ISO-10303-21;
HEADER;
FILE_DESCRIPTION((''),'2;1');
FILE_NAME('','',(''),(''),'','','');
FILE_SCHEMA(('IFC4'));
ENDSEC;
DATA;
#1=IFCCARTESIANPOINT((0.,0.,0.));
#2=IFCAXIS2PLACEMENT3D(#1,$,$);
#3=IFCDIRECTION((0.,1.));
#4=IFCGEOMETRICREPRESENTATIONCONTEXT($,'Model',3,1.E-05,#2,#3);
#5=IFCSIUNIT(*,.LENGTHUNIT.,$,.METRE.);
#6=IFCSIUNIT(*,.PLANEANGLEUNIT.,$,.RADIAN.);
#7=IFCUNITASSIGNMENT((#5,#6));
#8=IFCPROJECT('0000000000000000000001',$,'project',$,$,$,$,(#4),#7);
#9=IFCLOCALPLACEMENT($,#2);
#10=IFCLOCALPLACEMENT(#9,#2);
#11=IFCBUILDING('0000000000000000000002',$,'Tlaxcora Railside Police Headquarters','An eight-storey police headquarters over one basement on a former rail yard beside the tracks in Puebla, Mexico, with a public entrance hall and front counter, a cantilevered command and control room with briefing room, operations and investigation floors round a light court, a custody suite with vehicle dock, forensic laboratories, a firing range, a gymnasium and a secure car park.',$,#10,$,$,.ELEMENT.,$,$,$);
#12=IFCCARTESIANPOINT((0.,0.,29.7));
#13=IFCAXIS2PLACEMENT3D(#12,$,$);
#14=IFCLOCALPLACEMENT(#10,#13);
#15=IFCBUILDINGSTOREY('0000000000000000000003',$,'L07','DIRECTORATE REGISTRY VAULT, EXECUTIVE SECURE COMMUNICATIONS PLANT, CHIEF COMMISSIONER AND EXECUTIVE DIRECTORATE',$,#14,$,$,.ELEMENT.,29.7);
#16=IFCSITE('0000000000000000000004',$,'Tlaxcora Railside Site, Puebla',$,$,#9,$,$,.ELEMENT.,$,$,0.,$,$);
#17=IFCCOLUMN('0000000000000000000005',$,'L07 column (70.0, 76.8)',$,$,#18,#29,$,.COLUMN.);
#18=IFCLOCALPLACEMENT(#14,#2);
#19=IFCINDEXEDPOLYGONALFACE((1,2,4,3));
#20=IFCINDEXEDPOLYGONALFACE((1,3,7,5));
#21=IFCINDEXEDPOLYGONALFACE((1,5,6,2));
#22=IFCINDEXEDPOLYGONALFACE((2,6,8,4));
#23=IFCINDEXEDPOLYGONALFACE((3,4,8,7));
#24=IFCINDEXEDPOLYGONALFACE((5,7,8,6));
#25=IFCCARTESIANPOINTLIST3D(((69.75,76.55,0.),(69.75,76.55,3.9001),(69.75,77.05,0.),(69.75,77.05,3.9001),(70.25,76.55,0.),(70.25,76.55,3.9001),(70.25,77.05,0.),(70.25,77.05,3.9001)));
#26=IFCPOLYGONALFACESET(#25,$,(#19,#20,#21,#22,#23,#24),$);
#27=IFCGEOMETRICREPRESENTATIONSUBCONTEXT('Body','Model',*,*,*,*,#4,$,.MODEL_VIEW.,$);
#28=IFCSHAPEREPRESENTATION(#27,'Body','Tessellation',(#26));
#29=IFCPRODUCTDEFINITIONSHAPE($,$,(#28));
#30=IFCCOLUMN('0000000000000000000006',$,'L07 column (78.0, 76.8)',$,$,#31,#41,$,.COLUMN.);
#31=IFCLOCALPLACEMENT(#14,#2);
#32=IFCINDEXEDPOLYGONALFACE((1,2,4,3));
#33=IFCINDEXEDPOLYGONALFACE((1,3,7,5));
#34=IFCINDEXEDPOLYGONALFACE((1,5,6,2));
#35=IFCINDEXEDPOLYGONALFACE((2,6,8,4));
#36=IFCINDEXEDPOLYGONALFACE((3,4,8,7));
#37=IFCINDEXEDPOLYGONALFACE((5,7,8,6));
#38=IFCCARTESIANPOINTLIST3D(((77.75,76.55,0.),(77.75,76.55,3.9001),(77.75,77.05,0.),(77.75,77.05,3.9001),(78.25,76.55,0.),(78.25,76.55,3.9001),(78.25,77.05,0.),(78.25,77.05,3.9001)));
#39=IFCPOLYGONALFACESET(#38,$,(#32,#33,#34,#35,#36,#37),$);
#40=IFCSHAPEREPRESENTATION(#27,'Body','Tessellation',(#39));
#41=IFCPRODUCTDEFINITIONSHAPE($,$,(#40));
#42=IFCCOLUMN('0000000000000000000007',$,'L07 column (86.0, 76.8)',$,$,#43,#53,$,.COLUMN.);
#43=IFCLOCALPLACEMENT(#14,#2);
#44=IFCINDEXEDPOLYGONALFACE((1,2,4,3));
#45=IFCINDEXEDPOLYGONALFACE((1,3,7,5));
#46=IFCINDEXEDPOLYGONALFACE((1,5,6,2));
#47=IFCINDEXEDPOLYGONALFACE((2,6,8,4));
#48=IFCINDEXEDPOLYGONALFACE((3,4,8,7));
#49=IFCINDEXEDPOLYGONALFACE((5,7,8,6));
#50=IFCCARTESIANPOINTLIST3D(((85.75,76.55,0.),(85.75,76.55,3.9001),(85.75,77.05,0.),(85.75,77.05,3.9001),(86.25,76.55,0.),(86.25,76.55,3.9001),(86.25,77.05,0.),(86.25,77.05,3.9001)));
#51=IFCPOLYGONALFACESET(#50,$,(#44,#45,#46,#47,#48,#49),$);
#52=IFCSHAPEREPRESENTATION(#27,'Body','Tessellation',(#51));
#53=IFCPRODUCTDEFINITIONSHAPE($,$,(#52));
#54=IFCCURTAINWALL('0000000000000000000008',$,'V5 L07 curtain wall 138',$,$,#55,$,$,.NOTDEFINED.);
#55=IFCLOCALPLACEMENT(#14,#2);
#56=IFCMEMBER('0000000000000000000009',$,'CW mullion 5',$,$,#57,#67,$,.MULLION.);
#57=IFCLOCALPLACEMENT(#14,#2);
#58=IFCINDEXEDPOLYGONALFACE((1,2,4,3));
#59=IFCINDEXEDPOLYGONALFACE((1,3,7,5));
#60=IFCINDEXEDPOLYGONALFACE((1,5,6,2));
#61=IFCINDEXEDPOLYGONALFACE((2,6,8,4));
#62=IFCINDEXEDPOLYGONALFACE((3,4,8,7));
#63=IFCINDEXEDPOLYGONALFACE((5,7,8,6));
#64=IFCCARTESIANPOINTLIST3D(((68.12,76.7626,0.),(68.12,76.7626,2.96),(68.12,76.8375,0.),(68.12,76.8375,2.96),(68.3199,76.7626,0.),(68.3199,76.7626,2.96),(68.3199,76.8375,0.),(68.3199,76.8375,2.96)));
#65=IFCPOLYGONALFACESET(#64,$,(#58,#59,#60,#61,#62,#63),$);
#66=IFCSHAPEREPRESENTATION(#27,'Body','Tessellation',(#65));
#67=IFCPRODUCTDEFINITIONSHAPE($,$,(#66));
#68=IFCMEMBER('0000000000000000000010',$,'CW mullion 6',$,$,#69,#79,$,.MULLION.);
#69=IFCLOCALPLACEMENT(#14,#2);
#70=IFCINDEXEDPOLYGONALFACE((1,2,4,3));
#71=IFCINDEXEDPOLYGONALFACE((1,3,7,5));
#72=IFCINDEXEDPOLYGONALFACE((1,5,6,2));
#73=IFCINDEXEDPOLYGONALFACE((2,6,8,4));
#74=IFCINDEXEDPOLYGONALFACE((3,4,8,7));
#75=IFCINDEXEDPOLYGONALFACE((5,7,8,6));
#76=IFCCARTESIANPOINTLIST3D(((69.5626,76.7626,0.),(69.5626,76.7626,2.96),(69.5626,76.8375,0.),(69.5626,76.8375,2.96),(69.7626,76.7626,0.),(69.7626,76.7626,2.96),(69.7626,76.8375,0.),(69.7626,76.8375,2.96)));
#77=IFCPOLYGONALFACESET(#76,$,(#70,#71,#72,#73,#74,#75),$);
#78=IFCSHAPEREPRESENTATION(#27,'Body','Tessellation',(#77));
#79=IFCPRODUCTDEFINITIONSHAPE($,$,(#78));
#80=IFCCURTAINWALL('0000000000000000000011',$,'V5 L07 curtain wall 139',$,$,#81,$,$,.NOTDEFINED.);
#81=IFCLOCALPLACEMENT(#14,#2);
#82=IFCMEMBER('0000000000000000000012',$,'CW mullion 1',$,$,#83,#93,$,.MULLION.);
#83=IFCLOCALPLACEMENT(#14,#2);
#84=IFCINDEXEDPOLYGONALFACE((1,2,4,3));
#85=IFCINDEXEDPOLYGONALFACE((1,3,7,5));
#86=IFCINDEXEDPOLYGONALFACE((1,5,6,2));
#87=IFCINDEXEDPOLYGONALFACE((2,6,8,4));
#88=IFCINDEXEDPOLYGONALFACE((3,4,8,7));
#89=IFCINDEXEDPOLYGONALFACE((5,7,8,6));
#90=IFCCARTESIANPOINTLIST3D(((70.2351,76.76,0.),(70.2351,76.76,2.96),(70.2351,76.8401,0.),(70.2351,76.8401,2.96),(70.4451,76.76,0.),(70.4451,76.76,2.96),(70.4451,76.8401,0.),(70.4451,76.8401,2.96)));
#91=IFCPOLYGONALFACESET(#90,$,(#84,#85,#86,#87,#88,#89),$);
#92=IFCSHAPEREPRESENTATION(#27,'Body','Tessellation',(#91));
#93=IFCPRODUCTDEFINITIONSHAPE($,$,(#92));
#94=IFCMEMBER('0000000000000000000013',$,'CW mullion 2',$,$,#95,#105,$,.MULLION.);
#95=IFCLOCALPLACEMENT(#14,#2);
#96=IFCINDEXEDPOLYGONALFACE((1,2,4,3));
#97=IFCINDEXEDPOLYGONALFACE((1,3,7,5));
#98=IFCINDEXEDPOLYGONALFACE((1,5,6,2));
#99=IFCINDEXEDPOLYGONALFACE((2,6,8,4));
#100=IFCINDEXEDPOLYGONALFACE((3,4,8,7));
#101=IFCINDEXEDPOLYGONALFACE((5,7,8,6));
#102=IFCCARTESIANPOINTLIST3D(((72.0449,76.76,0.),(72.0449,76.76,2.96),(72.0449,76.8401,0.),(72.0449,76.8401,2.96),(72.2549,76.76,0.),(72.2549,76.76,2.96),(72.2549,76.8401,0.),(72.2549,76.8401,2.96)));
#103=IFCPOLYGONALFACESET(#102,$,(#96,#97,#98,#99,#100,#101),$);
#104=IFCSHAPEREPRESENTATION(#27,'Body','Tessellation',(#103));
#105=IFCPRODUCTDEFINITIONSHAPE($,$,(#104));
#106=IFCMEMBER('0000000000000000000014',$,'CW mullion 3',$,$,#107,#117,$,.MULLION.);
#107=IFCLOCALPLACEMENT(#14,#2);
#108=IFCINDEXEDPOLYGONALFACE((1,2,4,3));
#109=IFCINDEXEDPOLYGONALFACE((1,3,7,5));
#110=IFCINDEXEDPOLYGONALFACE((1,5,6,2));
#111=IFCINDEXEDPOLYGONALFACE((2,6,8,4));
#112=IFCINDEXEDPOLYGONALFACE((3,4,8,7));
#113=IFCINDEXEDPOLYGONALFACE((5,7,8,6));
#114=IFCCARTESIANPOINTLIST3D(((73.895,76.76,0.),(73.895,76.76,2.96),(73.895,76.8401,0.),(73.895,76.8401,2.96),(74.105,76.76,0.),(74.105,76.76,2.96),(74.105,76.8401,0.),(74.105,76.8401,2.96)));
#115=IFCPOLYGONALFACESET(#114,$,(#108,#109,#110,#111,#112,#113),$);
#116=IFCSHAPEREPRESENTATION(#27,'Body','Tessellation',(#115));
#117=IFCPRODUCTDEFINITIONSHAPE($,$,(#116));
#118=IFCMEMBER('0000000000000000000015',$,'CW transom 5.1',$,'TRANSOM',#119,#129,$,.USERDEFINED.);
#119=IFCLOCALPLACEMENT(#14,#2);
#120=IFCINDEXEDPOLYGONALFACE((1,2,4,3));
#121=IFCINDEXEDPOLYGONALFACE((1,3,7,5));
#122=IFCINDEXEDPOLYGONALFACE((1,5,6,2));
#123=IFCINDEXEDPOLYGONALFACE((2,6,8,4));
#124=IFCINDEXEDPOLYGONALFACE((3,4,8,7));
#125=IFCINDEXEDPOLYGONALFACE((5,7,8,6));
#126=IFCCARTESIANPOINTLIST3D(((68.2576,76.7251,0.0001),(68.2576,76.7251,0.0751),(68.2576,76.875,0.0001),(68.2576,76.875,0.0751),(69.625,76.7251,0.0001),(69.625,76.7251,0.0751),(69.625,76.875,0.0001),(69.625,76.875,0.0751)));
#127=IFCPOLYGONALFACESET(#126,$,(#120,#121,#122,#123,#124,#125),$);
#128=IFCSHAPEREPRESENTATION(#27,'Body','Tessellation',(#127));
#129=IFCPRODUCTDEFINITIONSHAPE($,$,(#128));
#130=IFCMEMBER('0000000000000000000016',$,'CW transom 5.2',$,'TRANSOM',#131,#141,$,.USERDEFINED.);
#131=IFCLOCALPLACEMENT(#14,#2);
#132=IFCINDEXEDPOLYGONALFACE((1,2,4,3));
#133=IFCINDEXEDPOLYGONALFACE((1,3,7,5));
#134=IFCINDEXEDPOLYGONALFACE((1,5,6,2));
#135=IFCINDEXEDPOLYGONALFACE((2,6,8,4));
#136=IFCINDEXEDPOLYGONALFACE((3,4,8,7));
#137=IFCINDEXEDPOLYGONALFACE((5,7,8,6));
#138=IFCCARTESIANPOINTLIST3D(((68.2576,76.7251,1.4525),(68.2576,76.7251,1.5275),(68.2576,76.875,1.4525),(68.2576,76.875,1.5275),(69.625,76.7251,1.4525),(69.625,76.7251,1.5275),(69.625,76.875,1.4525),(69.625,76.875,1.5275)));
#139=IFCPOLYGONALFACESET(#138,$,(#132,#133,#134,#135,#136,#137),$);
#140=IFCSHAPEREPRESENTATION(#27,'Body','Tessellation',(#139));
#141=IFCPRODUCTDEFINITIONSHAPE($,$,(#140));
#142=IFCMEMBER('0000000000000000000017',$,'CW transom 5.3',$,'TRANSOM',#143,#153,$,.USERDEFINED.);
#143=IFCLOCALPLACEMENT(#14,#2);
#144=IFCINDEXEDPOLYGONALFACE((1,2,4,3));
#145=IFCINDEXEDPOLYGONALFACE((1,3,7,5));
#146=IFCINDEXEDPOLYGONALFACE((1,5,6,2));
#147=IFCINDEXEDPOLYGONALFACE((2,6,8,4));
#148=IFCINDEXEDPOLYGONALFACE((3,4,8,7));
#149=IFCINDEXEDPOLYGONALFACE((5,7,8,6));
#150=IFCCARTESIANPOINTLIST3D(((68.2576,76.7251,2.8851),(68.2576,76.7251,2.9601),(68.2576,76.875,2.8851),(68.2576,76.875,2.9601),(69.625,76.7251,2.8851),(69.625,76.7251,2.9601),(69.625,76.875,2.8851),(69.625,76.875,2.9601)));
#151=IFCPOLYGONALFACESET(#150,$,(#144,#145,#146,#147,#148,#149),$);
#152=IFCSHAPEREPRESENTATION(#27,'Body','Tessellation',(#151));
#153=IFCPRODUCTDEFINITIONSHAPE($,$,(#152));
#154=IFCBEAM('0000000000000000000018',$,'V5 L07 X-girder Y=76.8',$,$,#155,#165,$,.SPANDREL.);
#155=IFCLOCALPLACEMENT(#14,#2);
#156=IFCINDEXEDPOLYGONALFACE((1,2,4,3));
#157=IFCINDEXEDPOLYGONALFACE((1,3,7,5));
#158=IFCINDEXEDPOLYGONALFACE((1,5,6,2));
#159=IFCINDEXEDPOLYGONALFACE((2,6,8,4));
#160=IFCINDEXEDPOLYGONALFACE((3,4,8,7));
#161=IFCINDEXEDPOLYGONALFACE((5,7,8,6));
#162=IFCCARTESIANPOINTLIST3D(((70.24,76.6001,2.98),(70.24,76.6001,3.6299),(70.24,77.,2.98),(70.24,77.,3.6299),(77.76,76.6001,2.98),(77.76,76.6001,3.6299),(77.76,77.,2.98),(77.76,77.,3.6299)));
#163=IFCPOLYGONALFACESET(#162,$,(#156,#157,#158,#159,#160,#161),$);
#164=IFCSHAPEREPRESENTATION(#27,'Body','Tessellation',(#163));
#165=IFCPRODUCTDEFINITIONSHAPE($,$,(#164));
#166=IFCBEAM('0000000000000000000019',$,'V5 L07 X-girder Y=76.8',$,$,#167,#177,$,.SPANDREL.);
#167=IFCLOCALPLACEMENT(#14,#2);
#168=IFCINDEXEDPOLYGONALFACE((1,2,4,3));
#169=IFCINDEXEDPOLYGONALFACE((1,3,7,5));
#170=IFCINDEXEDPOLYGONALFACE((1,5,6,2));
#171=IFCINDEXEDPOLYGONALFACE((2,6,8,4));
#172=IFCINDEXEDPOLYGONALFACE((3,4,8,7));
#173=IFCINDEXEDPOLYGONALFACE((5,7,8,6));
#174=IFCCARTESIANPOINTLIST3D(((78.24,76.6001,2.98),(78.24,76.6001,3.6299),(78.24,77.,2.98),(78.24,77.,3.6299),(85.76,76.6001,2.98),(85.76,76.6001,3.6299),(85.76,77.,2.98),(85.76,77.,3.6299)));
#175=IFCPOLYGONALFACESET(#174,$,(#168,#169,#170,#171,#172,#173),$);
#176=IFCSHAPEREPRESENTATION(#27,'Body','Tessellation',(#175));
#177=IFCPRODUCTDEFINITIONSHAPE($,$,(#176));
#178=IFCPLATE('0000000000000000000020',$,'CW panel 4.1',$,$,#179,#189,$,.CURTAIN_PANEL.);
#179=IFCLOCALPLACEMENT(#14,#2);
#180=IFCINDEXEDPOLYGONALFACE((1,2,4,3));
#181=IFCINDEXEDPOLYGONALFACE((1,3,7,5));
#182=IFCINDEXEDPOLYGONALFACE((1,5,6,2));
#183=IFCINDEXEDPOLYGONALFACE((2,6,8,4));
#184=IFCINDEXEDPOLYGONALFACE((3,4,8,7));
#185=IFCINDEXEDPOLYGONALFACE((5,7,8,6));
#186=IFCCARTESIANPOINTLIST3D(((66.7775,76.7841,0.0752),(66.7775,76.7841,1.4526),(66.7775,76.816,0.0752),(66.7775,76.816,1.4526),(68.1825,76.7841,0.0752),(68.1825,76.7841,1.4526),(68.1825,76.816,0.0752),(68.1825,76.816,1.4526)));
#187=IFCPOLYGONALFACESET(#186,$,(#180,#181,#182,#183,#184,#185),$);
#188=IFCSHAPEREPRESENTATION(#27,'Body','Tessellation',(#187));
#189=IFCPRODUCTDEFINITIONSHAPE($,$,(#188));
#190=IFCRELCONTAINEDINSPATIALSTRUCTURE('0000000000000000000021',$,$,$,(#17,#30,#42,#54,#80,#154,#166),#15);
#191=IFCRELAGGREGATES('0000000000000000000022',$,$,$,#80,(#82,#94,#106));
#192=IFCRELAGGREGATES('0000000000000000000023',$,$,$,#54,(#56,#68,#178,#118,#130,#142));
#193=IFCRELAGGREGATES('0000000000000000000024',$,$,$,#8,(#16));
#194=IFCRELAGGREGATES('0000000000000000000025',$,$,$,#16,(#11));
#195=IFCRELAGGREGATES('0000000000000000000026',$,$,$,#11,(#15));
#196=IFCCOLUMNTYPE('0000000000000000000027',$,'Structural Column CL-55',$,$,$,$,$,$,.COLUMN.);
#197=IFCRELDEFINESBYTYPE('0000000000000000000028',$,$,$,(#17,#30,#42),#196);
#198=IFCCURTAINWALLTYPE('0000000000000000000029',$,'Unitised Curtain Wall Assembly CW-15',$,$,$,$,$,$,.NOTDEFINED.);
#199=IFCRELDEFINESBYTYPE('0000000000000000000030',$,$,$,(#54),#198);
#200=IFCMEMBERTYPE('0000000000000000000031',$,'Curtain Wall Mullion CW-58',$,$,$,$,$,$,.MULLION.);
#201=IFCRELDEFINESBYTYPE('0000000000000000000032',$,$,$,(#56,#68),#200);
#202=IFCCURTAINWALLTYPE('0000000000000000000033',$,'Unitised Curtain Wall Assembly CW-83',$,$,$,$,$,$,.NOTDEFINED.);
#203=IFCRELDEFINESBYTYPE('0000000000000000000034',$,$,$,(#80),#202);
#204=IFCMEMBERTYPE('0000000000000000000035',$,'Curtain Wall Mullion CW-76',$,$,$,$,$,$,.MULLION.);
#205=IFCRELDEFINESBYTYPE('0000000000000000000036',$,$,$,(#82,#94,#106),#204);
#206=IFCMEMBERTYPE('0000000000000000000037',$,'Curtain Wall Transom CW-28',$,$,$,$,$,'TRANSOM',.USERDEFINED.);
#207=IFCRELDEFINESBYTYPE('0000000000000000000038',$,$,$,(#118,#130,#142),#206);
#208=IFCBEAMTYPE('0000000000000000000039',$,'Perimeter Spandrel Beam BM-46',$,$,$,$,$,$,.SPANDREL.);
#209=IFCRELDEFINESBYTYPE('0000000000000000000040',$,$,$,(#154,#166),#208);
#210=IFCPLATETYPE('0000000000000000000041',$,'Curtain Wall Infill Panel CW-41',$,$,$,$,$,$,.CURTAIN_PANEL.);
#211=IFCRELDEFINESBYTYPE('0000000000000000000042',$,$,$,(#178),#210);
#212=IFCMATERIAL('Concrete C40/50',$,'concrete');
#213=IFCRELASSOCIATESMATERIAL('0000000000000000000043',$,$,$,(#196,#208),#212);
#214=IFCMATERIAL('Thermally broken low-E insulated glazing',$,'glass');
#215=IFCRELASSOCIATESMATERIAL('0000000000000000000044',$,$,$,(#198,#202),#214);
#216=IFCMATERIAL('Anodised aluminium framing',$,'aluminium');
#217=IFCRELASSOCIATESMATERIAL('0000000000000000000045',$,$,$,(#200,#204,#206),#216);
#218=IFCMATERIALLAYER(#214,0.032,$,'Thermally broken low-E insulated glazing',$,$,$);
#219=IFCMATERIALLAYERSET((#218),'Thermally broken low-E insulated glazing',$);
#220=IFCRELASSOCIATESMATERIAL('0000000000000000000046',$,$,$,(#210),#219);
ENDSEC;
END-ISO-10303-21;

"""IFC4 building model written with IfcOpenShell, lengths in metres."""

from ifc_helpers import new_model, si_unit, direction, frame, origin, origin_2d, place, context, subcontext, project, spatial, rectangle, extrude, material, layer, layer_set, material_profile, profile_set, type_object, element, aggregate, save


model = new_model("IFC4")

# Units and contexts
model_context = context("Model", 3, precision=1e-05, world=origin(), true_north=direction((0.0, 1.0)))
body_context = subcontext(model_context, "Body", "Model", "MODEL_VIEW")
ifc_project = project(units=[si_unit("LENGTHUNIT", "METRE"), si_unit("PLANEANGLEUNIT", "RADIAN")], contexts=[model_context])

# Site, building, storey
site_placement = place(None, origin())
site = spatial("IfcSite", under=ifc_project, at=site_placement, Name="Tlaxcora Railside Site, Puebla", CompositionType="ELEMENT", RefElevation=0.0)
building_placement = place(site_placement, origin())
building = spatial("IfcBuilding", under=site, at=building_placement, Name="Tlaxcora Railside Police Headquarters", Description="An eight-storey police headquarters over one basement on a former rail yard beside the tracks in Puebla, Mexico, with a public entrance hall and front counter, a cantilevered command and control room with briefing room, operations and investigation floors round a light court, a custody suite with vehicle dock, forensic laboratories, a firing range, a gymnasium and a secure car park.", CompositionType="ELEMENT")
storey_placement = place(building_placement, frame((0.0, 0.0, 29.7)))
storey = spatial("IfcBuildingStorey", under=building, at=storey_placement, Name="L07", Description="DIRECTORATE REGISTRY VAULT, EXECUTIVE SECURE COMMUNICATIONS PLANT, CHIEF COMMISSIONER AND EXECUTIVE DIRECTORATE", CompositionType="ELEMENT", Elevation=29.7)

# Columns
ifc_material_1 = material(Name="Concrete C40/50", Category="concrete")
ifc_material_profile_1 = material_profile(ifc_material_1, rectangle(XDim=0.5, YDim=0.5, at=origin_2d()), Name="RC500X500")
ifc_profile_set_1 = profile_set([ifc_material_profile_1], Name="Concrete C40/50")
column_type = type_object("IfcColumnType", Name="Structural Column CL-55", PredefinedType="COLUMN", material=ifc_profile_set_1)
for number, where, z_axis, x_axis, name in (
    (1, (70.0, 76.8, 0.0), (0.0, 0.0, 1.0), (1.0, 0.0, 0.0), "L07 column (70.0, 76.8)"),
    (2, (78.0, 76.8, 0.0), (0.0, 0.0, 1.0), (1.0, 0.0, 0.0), "L07 column (78.0, 76.8)"),
    (3, (86.0, 76.8, 0.0), (0.0, 0.0, 1.0), (1.0, 0.0, 0.0), "L07 column (86.0, 76.8)"),
):
    element("IfcColumn", number, at=place(storey_placement, frame(where, z_axis=z_axis, x_axis=x_axis)), inside=storey, type_object=column_type, Name=name, PredefinedType="COLUMN", context=body_context, shape_type="SweptSolid", body=[
        extrude(rectangle(XDim=0.5, YDim=0.5, at=origin_2d()), origin(), (0.0, 0.0, 1.0), 3.9001),
    ])

# Curtain walls, members
ifc_material_2 = material(Name="Thermally broken low-E insulated glazing", Category="glass")
curtain_wall_type_1 = type_object("IfcCurtainWallType", Name="Unitised Curtain Wall Assembly CW-15", PredefinedType="NOTDEFINED", material=ifc_material_2)
curtain_wall_1_placement = place(storey_placement, origin())
curtain_wall_1 = element("IfcCurtainWall", 4, at=curtain_wall_1_placement, inside=storey, type_object=curtain_wall_type_1, Name="V5 L07 curtain wall 138", PredefinedType="NOTDEFINED")
ifc_material_3 = material(Name="Anodised aluminium framing", Category="aluminium")
ifc_material_profile_2 = material_profile(ifc_material_3, rectangle(XDim=0.075, YDim=0.2, at=origin_2d()), Name="AL75X200")
ifc_profile_set_2 = profile_set([ifc_material_profile_2], Name="Anodised aluminium framing")
member_type_1 = type_object("IfcMemberType", Name="Curtain Wall Mullion CW-58", PredefinedType="MULLION", material=ifc_profile_set_2)
member_1_placement = place(storey_placement, frame((68.22, 76.8, 0.0), z_axis=(0.0, 0.0, 1.0), x_axis=(0.0, 1.0, 0.0)))
member_1 = element("IfcMember", 5, at=member_1_placement, type_object=member_type_1, Name="CW mullion 5", PredefinedType="MULLION", context=body_context, shape_type="SweptSolid", body=[
    extrude(rectangle(XDim=0.075, YDim=0.2, at=origin_2d()), origin(), (0.0, 0.0, 1.0), 2.96),
])
member_2_placement = place(storey_placement, frame((69.6626, 76.8, 0.0), z_axis=(0.0, 0.0, 1.0), x_axis=(0.0, 1.0, 0.0)))
member_2 = element("IfcMember", 6, at=member_2_placement, type_object=member_type_1, Name="CW mullion 6", PredefinedType="MULLION", context=body_context, shape_type="SweptSolid", body=[
    extrude(rectangle(XDim=0.075, YDim=0.2, at=origin_2d()), origin(), (0.0, 0.0, 1.0), 2.96),
])
curtain_wall_type_2 = type_object("IfcCurtainWallType", Name="Unitised Curtain Wall Assembly CW-83", PredefinedType="NOTDEFINED", material=ifc_material_2)
curtain_wall_2_placement = place(storey_placement, origin())
curtain_wall_2 = element("IfcCurtainWall", 7, at=curtain_wall_2_placement, inside=storey, type_object=curtain_wall_type_2, Name="V5 L07 curtain wall 139", PredefinedType="NOTDEFINED")
ifc_material_profile_3 = material_profile(ifc_material_3, rectangle(XDim=0.0801, YDim=0.21, at=origin_2d()), Name="AL80X210")
ifc_profile_set_3 = profile_set([ifc_material_profile_3], Name="Anodised aluminium framing")
member_type_2 = type_object("IfcMemberType", Name="Curtain Wall Mullion CW-76", PredefinedType="MULLION", material=ifc_profile_set_3)
member_3_placement = place(storey_placement, frame((70.3401, 76.8, 0.0), z_axis=(0.0, 0.0, 1.0), x_axis=(0.0, 1.0, 0.0)))
member_3 = element("IfcMember", 8, at=member_3_placement, type_object=member_type_2, Name="CW mullion 1", PredefinedType="MULLION", context=body_context, shape_type="SweptSolid", body=[
    extrude(rectangle(XDim=0.0801, YDim=0.21, at=origin_2d()), origin(), (0.0, 0.0, 1.0), 2.96),
])
member_4_placement = place(storey_placement, frame((72.1499, 76.8, 0.0), z_axis=(0.0, 0.0, 1.0), x_axis=(0.0, 1.0, 0.0)))
member_4 = element("IfcMember", 9, at=member_4_placement, type_object=member_type_2, Name="CW mullion 2", PredefinedType="MULLION", context=body_context, shape_type="SweptSolid", body=[
    extrude(rectangle(XDim=0.0801, YDim=0.21, at=origin_2d()), origin(), (0.0, 0.0, 1.0), 2.96),
])
member_5_placement = place(storey_placement, frame((74.0, 76.8, 0.0), z_axis=(0.0, 0.0, 1.0), x_axis=(0.0, 1.0, 0.0)))
member_5 = element("IfcMember", 10, at=member_5_placement, type_object=member_type_2, Name="CW mullion 3", PredefinedType="MULLION", context=body_context, shape_type="SweptSolid", body=[
    extrude(rectangle(XDim=0.0801, YDim=0.21, at=origin_2d()), origin(), (0.0, 0.0, 1.0), 2.96),
])
aggregate(curtain_wall_2, [member_3, member_4, member_5])

# Members
ifc_material_profile_4 = material_profile(ifc_material_3, rectangle(XDim=0.1499, YDim=0.075, at=origin_2d()), Name="AL75X150")
ifc_profile_set_4 = profile_set([ifc_material_profile_4], Name="Anodised aluminium framing")
member_type_3 = type_object("IfcMemberType", Name="Curtain Wall Transom CW-28", ElementType="TRANSOM", PredefinedType="USERDEFINED", material=ifc_profile_set_4)
member_6_placement = place(storey_placement, frame((68.2576, 76.8, 0.0376), z_axis=(1.0, 0.0, 0.0), x_axis=(0.0, 1.0, 0.0)))
member_6 = element("IfcMember", 11, at=member_6_placement, type_object=member_type_3, Name="CW transom 5.1", ObjectType="TRANSOM", PredefinedType="USERDEFINED", context=body_context, shape_type="SweptSolid", body=[
    extrude(rectangle(XDim=0.1499, YDim=0.075, at=origin_2d()), origin(), (0.0, 0.0, 1.0), 1.3674),
])
member_7_placement = place(storey_placement, frame((68.2576, 76.8, 1.49), z_axis=(1.0, 0.0, 0.0), x_axis=(0.0, 1.0, 0.0)))
member_7 = element("IfcMember", 12, at=member_7_placement, type_object=member_type_3, Name="CW transom 5.2", ObjectType="TRANSOM", PredefinedType="USERDEFINED", context=body_context, shape_type="SweptSolid", body=[
    extrude(rectangle(XDim=0.1499, YDim=0.075, at=origin_2d()), origin(), (0.0, 0.0, 1.0), 1.3674),
])
member_8_placement = place(storey_placement, frame((68.2576, 76.8, 2.9226), z_axis=(1.0, 0.0, 0.0), x_axis=(0.0, 1.0, 0.0)))
member_8 = element("IfcMember", 13, at=member_8_placement, type_object=member_type_3, Name="CW transom 5.3", ObjectType="TRANSOM", PredefinedType="USERDEFINED", context=body_context, shape_type="SweptSolid", body=[
    extrude(rectangle(XDim=0.1499, YDim=0.075, at=origin_2d()), origin(), (0.0, 0.0, 1.0), 1.3674),
])

# Beams
ifc_material_profile_5 = material_profile(ifc_material_1, rectangle(XDim=0.3999, YDim=0.6499, at=origin_2d()), Name="RC400X650")
ifc_profile_set_5 = profile_set([ifc_material_profile_5], Name="Concrete C40/50")
beam_type = type_object("IfcBeamType", Name="Perimeter Spandrel Beam BM-46", PredefinedType="SPANDREL", material=ifc_profile_set_5)
for number, where, z_axis, x_axis, name in (
    (14, (70.24, 76.8, 3.3049), (1.0, 0.0, 0.0), (0.0, 1.0, 0.0), "V5 L07 X-girder Y=76.8"),
    (15, (78.24, 76.8, 3.3049), (1.0, 0.0, 0.0), (0.0, 1.0, 0.0), "V5 L07 X-girder Y=76.8"),
):
    element("IfcBeam", number, at=place(storey_placement, frame(where, z_axis=z_axis, x_axis=x_axis)), inside=storey, type_object=beam_type, Name=name, PredefinedType="SPANDREL", context=body_context, shape_type="SweptSolid", body=[
        extrude(rectangle(XDim=0.3999, YDim=0.6499, at=origin_2d()), origin(), (0.0, 0.0, 1.0), 7.52),
    ])

# Plate
ifc_layer_1 = layer(ifc_material_2, 0.032, Name="Thermally broken low-E insulated glazing")
ifc_layer_set_1 = layer_set([ifc_layer_1], Name="Thermally broken low-E insulated glazing")
plate_type = type_object("IfcPlateType", Name="Curtain Wall Infill Panel CW-41", PredefinedType="CURTAIN_PANEL", material=ifc_layer_set_1)
plate_1_placement = place(storey_placement, frame((67.48, 76.8, 0.0752), z_axis=(0.0, 0.0, 1.0), x_axis=(1.0, 0.0, 0.0)))
plate_1 = element("IfcPlate", 16, at=plate_1_placement, type_object=plate_type, Name="CW panel 4.1", PredefinedType="CURTAIN_PANEL", context=body_context, shape_type="SweptSolid", body=[
    extrude(rectangle(XDim=1.405, YDim=0.032, at=origin_2d()), origin(), (0.0, 0.0, 1.0), 1.3774),
])
aggregate(curtain_wall_1, [member_1, member_2, plate_1, member_6, member_7, member_8])

save(model, "model.ifc")
